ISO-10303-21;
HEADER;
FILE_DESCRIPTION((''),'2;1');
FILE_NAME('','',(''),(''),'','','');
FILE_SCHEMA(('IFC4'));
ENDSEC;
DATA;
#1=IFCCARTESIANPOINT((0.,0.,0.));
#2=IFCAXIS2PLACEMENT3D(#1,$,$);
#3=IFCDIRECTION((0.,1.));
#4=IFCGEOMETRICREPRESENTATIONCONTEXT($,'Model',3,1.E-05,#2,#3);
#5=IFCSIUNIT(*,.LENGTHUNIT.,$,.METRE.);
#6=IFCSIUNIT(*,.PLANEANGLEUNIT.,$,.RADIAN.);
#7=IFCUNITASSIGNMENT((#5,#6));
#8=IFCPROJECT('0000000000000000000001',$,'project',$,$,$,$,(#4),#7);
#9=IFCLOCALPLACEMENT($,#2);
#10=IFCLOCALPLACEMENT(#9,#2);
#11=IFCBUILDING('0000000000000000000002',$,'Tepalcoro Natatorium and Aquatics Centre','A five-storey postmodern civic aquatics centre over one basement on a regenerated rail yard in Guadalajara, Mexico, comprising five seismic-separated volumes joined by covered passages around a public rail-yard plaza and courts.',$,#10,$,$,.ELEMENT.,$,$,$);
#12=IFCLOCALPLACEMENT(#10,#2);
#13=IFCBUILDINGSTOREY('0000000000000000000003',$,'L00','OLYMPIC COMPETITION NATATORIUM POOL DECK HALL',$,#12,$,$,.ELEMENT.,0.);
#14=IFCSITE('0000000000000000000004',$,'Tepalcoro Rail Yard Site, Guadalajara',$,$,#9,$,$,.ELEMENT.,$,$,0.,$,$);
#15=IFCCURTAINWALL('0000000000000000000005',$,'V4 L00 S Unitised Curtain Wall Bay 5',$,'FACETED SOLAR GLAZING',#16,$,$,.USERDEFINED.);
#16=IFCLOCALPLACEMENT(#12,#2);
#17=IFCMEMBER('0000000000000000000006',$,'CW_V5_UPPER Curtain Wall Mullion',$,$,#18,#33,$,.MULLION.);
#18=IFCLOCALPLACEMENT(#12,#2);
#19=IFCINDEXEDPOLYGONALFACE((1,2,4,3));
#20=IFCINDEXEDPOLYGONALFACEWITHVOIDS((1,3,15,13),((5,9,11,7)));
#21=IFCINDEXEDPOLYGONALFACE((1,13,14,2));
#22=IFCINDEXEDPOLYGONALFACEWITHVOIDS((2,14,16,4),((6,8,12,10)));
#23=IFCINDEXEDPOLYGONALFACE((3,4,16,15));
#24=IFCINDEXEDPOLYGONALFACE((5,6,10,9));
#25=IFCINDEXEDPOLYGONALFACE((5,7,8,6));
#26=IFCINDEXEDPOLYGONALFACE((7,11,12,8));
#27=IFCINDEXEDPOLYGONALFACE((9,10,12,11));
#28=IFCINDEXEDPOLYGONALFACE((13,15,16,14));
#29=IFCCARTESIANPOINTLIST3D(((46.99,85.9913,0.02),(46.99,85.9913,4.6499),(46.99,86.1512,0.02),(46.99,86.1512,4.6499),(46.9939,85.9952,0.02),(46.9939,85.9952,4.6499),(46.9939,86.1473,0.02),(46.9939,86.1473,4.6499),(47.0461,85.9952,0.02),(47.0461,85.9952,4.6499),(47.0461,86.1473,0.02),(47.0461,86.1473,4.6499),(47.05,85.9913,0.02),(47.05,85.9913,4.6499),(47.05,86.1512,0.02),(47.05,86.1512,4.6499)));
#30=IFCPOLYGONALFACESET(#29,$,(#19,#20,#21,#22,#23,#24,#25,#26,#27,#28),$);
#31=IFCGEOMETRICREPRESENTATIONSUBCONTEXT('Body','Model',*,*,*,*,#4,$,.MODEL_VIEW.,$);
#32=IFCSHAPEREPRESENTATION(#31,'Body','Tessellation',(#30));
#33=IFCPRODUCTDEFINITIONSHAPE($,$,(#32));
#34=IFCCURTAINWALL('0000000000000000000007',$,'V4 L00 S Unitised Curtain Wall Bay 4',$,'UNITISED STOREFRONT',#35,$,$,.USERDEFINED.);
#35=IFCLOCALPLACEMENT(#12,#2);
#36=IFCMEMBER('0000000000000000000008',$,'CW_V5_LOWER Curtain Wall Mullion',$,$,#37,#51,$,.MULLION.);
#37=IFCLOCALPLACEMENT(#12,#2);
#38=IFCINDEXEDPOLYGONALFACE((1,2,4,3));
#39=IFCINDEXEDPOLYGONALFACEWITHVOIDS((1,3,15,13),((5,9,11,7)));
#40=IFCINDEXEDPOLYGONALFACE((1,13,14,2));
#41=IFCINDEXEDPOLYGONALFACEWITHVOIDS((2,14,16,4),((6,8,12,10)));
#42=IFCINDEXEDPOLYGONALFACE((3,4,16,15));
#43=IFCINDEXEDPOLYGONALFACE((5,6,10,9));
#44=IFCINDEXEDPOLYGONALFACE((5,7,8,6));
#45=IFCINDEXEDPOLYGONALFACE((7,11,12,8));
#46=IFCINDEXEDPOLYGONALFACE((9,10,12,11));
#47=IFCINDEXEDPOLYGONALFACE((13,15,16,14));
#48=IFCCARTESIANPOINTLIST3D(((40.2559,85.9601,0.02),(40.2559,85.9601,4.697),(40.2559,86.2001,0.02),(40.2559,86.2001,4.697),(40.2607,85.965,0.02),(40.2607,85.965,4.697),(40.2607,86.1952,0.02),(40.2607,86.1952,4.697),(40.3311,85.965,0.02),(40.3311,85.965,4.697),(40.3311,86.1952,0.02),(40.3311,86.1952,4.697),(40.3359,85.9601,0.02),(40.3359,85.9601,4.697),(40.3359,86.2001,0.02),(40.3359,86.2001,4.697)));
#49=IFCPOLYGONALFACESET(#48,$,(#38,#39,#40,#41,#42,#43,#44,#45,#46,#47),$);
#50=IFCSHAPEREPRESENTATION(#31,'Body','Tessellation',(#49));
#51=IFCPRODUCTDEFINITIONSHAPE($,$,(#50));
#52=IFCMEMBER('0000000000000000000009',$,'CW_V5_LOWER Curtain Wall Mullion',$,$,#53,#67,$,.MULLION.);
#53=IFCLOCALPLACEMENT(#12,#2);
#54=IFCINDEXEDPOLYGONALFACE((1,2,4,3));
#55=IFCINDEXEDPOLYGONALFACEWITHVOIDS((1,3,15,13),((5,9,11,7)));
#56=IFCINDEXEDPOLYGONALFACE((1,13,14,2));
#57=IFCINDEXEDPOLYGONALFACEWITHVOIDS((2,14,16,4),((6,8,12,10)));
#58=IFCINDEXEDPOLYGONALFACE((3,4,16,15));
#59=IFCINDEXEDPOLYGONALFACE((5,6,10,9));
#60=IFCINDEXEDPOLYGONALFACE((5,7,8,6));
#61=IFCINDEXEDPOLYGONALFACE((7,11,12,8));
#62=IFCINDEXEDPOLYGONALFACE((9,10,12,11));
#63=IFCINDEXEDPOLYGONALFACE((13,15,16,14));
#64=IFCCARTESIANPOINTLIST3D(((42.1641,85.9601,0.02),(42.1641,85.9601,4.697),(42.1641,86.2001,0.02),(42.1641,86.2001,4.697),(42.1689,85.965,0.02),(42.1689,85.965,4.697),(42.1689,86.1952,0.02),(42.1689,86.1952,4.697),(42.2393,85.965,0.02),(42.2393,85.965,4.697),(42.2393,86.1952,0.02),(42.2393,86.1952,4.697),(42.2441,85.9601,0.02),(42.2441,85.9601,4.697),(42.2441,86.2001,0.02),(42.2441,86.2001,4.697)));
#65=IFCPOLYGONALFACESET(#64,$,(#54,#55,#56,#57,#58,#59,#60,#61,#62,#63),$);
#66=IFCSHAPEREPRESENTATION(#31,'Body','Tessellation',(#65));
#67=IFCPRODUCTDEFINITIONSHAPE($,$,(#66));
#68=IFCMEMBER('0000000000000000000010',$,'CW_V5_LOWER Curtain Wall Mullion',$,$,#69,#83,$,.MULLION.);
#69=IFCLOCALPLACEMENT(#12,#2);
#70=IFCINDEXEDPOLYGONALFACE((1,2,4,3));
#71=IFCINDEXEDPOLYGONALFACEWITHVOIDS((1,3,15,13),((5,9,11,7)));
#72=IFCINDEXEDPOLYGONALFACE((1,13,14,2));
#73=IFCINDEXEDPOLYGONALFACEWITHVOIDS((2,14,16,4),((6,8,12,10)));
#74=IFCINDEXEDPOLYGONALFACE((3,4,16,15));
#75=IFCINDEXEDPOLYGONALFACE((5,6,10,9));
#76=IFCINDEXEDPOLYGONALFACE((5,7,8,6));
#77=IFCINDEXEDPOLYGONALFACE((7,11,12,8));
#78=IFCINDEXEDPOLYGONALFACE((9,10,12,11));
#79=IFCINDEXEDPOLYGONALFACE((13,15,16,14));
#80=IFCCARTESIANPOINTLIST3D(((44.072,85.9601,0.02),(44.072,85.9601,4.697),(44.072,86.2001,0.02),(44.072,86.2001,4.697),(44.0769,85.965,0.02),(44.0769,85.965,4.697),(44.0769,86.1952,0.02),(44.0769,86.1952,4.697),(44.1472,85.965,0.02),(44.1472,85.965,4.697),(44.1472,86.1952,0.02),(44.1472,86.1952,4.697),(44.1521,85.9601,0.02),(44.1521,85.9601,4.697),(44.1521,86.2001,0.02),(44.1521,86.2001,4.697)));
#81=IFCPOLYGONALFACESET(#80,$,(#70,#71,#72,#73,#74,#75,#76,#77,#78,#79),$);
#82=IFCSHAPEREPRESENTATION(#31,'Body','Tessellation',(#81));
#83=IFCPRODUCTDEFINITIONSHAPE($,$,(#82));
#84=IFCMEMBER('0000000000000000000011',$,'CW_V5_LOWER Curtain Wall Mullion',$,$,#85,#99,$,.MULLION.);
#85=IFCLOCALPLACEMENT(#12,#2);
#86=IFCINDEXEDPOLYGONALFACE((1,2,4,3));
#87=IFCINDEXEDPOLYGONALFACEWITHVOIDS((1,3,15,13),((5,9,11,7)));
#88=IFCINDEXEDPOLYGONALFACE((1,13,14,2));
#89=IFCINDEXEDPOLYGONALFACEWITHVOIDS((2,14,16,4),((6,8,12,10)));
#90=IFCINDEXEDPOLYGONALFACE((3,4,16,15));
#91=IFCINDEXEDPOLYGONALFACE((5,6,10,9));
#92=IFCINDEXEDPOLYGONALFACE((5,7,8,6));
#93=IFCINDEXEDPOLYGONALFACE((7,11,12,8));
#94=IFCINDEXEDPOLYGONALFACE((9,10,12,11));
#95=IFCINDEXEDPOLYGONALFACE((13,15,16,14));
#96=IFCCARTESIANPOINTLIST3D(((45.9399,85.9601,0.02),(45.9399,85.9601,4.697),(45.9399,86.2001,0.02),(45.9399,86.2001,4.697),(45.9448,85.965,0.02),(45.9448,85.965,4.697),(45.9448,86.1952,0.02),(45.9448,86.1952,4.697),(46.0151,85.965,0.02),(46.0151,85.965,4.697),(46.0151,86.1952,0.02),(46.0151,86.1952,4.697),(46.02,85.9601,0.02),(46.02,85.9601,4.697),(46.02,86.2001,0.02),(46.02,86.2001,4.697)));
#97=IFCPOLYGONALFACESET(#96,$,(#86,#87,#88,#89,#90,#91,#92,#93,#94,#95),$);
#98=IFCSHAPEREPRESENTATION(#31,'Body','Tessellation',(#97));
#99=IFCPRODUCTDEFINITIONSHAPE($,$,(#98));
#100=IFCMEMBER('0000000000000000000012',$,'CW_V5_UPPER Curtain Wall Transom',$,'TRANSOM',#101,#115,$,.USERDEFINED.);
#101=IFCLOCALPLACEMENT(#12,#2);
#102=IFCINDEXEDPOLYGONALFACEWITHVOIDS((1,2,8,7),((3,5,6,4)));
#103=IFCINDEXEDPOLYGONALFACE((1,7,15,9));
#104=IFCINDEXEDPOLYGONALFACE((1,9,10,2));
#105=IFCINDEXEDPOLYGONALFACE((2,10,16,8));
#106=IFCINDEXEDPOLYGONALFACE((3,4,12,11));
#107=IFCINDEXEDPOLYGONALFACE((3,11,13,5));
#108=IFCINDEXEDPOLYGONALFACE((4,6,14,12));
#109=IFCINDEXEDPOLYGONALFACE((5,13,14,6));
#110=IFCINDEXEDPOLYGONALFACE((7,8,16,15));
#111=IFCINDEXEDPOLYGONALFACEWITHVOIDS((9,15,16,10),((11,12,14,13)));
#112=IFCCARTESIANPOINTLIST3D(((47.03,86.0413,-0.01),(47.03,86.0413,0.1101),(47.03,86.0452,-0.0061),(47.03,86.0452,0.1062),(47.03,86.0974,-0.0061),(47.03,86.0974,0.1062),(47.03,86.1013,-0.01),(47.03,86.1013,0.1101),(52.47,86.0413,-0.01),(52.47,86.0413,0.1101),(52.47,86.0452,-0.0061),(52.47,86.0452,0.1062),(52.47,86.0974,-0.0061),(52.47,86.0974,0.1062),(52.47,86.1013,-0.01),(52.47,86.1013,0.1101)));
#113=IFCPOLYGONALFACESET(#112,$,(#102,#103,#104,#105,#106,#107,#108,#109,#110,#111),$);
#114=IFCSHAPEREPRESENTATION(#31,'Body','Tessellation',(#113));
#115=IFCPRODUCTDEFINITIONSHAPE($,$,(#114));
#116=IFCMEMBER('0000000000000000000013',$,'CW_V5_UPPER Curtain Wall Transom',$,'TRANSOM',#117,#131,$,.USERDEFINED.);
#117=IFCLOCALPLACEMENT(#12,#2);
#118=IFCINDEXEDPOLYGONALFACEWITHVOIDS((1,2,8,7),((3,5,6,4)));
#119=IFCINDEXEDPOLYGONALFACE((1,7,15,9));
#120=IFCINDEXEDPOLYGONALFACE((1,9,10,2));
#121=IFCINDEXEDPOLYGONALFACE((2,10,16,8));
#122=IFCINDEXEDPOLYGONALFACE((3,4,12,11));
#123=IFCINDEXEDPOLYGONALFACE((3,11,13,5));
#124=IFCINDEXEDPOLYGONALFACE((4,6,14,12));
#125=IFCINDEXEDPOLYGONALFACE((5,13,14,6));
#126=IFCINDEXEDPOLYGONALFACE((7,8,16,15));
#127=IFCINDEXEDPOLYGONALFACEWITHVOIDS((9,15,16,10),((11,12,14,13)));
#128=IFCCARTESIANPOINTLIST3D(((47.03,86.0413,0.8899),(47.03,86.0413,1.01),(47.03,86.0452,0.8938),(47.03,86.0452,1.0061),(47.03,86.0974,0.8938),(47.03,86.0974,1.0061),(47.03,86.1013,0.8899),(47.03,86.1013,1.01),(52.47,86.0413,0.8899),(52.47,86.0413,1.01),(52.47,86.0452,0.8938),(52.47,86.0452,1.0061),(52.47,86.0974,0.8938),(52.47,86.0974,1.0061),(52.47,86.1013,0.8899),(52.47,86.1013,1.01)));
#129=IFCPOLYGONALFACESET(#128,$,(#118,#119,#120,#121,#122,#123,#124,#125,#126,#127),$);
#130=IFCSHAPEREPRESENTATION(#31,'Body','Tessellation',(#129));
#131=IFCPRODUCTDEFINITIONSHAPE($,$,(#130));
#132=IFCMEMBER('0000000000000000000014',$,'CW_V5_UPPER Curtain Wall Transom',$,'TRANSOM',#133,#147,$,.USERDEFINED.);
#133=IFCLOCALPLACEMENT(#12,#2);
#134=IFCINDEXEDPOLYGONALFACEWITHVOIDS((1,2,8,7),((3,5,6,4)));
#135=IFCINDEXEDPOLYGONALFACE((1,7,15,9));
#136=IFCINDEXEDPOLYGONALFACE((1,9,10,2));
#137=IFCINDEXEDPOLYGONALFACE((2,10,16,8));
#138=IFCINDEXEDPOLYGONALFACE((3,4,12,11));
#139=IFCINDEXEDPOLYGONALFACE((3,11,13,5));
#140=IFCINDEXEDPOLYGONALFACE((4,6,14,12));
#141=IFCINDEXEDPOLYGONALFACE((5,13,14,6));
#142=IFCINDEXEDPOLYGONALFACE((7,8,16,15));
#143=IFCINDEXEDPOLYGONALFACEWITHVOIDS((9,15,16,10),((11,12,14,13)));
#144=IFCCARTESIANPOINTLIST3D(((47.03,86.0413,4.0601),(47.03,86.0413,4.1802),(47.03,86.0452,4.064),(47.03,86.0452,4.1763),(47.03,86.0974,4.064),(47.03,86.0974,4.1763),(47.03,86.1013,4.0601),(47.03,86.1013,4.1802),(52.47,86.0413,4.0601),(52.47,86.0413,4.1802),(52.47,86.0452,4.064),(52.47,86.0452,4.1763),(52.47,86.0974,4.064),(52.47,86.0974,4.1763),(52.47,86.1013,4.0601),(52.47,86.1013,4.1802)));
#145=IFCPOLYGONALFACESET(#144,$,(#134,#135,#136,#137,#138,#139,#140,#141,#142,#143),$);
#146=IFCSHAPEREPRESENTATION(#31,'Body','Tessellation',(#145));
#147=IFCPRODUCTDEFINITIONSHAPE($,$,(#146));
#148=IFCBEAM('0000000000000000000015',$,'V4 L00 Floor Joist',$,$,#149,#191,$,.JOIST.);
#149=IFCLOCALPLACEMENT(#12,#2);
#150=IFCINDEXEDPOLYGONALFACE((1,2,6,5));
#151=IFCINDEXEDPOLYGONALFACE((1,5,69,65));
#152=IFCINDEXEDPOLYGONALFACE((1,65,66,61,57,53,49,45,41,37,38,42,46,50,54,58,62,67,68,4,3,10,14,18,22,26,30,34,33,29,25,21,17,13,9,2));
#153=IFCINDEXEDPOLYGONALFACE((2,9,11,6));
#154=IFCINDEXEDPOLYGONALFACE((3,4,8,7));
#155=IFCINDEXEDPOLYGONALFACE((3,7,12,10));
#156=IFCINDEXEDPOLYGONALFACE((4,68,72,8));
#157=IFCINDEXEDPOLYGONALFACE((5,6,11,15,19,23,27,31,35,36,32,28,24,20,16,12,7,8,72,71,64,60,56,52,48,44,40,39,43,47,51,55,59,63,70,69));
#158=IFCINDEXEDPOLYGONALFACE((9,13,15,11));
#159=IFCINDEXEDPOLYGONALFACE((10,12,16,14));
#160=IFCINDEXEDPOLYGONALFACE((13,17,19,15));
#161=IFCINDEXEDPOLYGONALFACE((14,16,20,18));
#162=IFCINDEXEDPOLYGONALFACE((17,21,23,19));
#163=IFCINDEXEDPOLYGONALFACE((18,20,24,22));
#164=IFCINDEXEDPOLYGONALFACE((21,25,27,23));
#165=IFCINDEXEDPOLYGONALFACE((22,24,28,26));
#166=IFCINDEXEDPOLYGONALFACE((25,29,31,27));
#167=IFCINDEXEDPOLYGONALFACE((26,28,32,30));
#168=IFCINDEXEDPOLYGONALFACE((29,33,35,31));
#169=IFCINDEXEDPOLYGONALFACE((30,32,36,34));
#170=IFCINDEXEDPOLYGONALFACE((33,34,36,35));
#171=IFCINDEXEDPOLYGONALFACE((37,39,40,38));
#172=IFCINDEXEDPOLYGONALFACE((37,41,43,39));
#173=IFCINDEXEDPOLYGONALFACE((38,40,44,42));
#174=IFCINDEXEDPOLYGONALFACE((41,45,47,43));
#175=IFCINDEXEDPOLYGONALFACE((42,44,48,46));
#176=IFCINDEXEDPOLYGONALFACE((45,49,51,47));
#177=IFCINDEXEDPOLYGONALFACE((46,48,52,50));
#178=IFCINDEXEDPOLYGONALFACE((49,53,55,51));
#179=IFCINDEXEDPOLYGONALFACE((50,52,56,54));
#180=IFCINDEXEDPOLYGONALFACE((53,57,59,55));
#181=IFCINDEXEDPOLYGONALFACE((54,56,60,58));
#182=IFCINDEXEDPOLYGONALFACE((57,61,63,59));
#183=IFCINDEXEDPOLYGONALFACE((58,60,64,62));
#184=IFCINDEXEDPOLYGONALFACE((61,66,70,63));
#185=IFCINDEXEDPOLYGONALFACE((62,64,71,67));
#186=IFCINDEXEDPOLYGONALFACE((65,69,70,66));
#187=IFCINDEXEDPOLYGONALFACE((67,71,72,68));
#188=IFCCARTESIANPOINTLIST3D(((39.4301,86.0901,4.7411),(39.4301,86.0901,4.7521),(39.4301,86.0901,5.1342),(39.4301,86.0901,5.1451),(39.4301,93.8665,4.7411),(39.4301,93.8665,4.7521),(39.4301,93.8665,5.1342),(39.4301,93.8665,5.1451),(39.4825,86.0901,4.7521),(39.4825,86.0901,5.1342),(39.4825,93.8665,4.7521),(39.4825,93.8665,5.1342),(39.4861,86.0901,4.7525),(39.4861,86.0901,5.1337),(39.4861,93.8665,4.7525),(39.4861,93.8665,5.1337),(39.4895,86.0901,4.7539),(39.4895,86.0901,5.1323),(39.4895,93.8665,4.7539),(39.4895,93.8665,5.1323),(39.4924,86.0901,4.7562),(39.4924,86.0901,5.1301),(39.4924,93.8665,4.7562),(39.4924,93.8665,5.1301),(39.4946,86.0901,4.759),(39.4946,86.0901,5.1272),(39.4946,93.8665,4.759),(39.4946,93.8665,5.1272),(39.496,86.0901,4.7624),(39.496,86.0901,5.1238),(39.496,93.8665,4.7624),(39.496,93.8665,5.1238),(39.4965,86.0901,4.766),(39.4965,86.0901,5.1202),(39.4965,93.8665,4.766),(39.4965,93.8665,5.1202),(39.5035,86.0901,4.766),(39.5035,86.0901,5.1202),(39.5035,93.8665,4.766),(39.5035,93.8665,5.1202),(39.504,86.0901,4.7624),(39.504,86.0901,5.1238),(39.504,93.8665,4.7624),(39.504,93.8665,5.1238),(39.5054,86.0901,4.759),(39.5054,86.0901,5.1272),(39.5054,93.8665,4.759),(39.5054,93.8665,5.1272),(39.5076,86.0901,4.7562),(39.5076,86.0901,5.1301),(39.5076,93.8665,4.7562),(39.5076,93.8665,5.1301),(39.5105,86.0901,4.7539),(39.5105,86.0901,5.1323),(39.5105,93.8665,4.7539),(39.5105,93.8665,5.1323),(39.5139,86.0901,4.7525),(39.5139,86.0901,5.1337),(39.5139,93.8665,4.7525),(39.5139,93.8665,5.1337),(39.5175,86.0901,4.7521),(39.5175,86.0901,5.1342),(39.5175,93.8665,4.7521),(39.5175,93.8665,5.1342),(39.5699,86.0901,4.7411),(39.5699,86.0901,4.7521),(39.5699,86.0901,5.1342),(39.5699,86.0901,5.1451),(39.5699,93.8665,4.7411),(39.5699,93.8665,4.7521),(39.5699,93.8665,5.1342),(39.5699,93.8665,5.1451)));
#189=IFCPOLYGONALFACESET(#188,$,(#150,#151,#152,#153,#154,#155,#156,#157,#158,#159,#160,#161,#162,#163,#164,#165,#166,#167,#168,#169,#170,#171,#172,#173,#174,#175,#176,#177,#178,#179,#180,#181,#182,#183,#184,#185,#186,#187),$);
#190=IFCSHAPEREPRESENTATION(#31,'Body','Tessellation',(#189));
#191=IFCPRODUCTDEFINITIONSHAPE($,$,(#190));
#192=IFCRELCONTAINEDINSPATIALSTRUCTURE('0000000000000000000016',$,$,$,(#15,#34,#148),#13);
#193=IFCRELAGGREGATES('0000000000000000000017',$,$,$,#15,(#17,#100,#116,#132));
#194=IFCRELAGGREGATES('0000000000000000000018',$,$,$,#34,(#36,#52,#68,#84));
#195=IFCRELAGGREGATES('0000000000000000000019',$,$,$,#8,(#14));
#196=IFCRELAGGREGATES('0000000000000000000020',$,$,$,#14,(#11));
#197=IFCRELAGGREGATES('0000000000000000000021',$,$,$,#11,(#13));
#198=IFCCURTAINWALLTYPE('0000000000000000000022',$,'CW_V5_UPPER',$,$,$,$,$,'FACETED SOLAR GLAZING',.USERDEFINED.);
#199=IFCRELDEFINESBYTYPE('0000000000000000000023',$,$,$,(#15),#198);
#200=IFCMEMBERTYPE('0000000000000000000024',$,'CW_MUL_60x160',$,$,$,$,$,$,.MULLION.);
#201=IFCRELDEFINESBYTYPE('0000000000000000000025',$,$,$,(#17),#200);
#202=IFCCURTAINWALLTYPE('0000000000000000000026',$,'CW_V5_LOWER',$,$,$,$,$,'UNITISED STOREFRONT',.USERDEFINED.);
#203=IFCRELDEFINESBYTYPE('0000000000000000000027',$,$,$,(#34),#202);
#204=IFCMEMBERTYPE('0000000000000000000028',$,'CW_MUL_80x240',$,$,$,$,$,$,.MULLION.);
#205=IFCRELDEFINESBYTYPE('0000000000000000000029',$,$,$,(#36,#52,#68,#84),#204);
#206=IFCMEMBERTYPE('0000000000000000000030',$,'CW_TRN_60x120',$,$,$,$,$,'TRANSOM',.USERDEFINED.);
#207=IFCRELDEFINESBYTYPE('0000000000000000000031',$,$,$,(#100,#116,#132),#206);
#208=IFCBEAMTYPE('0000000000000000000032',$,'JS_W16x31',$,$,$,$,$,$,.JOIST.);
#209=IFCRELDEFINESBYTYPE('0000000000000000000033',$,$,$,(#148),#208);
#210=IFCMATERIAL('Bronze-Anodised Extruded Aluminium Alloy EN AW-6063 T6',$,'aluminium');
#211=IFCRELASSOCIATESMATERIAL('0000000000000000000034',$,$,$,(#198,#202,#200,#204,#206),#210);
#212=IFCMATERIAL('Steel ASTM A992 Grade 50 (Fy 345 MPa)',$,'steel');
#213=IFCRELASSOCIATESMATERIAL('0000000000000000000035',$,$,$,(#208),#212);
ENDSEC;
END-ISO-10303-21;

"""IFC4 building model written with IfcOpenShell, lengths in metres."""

from ifc_helpers import new_model, si_unit, direction, frame, origin, origin_2d, place, context, subcontext, project, spatial, hollow_rectangle, i_section, extrude, material, material_profile, profile_set, type_object, element, aggregate, save


model = new_model("IFC4")

# Units and contexts
model_context = context("Model", 3, precision=1e-05, world=origin(), true_north=direction((0.0, 1.0)))
body_context = subcontext(model_context, "Body", "Model", "MODEL_VIEW")
ifc_project = project(units=[si_unit("LENGTHUNIT", "METRE"), si_unit("PLANEANGLEUNIT", "RADIAN")], contexts=[model_context])

# Site, building, storey
site_placement = place(None, origin())
site = spatial("IfcSite", under=ifc_project, at=site_placement, Name="Tepalcoro Rail Yard Site, Guadalajara", CompositionType="ELEMENT", RefElevation=0.0)
building_placement = place(site_placement, origin())
building = spatial("IfcBuilding", under=site, at=building_placement, Name="Tepalcoro Natatorium and Aquatics Centre", Description="A five-storey postmodern civic aquatics centre over one basement on a regenerated rail yard in Guadalajara, Mexico, comprising five seismic-separated volumes joined by covered passages around a public rail-yard plaza and courts.", CompositionType="ELEMENT")
storey_placement = place(building_placement, origin())
storey = spatial("IfcBuildingStorey", under=building, at=storey_placement, Name="L00", Description="OLYMPIC COMPETITION NATATORIUM POOL DECK HALL", CompositionType="ELEMENT", Elevation=0.0)

# Shared definitions
ifc_material_1 = material(Name="Steel ASTM A992 Grade 50 (Fy 345 MPa)", Category="steel")

# Curtain wall, member
ifc_material_2 = material(Name="Bronze-Anodised Extruded Aluminium Alloy EN AW-6063 T6", Category="aluminium")
curtain_wall_type_1 = type_object("IfcCurtainWallType", Name="CW_V5_UPPER", ElementType="FACETED SOLAR GLAZING", PredefinedType="USERDEFINED", material=ifc_material_2)
curtain_wall_1_placement = place(storey_placement, origin())
curtain_wall_1 = element("IfcCurtainWall", 1, at=curtain_wall_1_placement, inside=storey, type_object=curtain_wall_type_1, Name="V4 L00 S Unitised Curtain Wall Bay 5", ObjectType="FACETED SOLAR GLAZING", PredefinedType="USERDEFINED")
ifc_material_profile_1 = material_profile(ifc_material_2, hollow_rectangle(XDim=0.0601, YDim=0.1599, WallThickness=0.0039, at=origin_2d()), Name="AL60X160X4")
ifc_profile_set_1 = profile_set([ifc_material_profile_1], Name="Bronze-Anodised Extruded Aluminium Alloy EN AW-6063 T6")
member_type_1 = type_object("IfcMemberType", Name="CW_MUL_60x160", PredefinedType="MULLION", material=ifc_profile_set_1)
member_1_placement = place(storey_placement, frame((47.02, 86.0713, 0.02), z_axis=(0.0, 0.0, 1.0), x_axis=(1.0, 0.0, 0.0)))
member_1 = element("IfcMember", 2, at=member_1_placement, type_object=member_type_1, Name="CW_V5_UPPER Curtain Wall Mullion", PredefinedType="MULLION", context=body_context, shape_type="SweptSolid", body=[
    extrude(hollow_rectangle(XDim=0.0601, YDim=0.1599, WallThickness=0.0039, at=origin_2d()), origin(), (0.0, 0.0, 1.0), 4.6299),
])

# Curtain wall, members
curtain_wall_type_2 = type_object("IfcCurtainWallType", Name="CW_V5_LOWER", ElementType="UNITISED STOREFRONT", PredefinedType="USERDEFINED", material=ifc_material_2)
curtain_wall_2_placement = place(storey_placement, origin())
curtain_wall_2 = element("IfcCurtainWall", 3, at=curtain_wall_2_placement, inside=storey, type_object=curtain_wall_type_2, Name="V4 L00 S Unitised Curtain Wall Bay 4", ObjectType="UNITISED STOREFRONT", PredefinedType="USERDEFINED")
ifc_material_profile_2 = material_profile(ifc_material_2, hollow_rectangle(XDim=0.0801, YDim=0.24, WallThickness=0.0049, at=origin_2d()), Name="AL80X240X5")
ifc_profile_set_2 = profile_set([ifc_material_profile_2], Name="Bronze-Anodised Extruded Aluminium Alloy EN AW-6063 T6")
member_type_2 = type_object("IfcMemberType", Name="CW_MUL_80x240", PredefinedType="MULLION", material=ifc_profile_set_2)
member_2_placement = place(storey_placement, frame((40.2959, 86.0801, 0.02), z_axis=(0.0, 0.0, 1.0), x_axis=(1.0, 0.0, 0.0)))
member_2 = element("IfcMember", 4, at=member_2_placement, type_object=member_type_2, Name="CW_V5_LOWER Curtain Wall Mullion", PredefinedType="MULLION", context=body_context, shape_type="SweptSolid", body=[
    extrude(hollow_rectangle(XDim=0.0801, YDim=0.24, WallThickness=0.0049, at=origin_2d()), origin(), (0.0, 0.0, 1.0), 4.677),
])
member_3_placement = place(storey_placement, frame((42.2041, 86.0801, 0.02), z_axis=(0.0, 0.0, 1.0), x_axis=(1.0, 0.0, 0.0)))
member_3 = element("IfcMember", 5, at=member_3_placement, type_object=member_type_2, Name="CW_V5_LOWER Curtain Wall Mullion", PredefinedType="MULLION", context=body_context, shape_type="SweptSolid", body=[
    extrude(hollow_rectangle(XDim=0.0801, YDim=0.24, WallThickness=0.0049, at=origin_2d()), origin(), (0.0, 0.0, 1.0), 4.677),
])
member_4_placement = place(storey_placement, frame((44.1121, 86.0801, 0.02), z_axis=(0.0, 0.0, 1.0), x_axis=(1.0, 0.0, 0.0)))
member_4 = element("IfcMember", 6, at=member_4_placement, type_object=member_type_2, Name="CW_V5_LOWER Curtain Wall Mullion", PredefinedType="MULLION", context=body_context, shape_type="SweptSolid", body=[
    extrude(hollow_rectangle(XDim=0.0801, YDim=0.24, WallThickness=0.0049, at=origin_2d()), origin(), (0.0, 0.0, 1.0), 4.677),
])
member_5_placement = place(storey_placement, frame((45.98, 86.0801, 0.02), z_axis=(0.0, 0.0, 1.0), x_axis=(1.0, 0.0, 0.0)))
member_5 = element("IfcMember", 7, at=member_5_placement, type_object=member_type_2, Name="CW_V5_LOWER Curtain Wall Mullion", PredefinedType="MULLION", context=body_context, shape_type="SweptSolid", body=[
    extrude(hollow_rectangle(XDim=0.0801, YDim=0.24, WallThickness=0.0049, at=origin_2d()), origin(), (0.0, 0.0, 1.0), 4.677),
])

# Members
ifc_material_profile_3 = material_profile(ifc_material_2, hollow_rectangle(XDim=0.0601, YDim=0.1201, WallThickness=0.0039, at=origin_2d()), Name="AL60X120X4")
ifc_profile_set_3 = profile_set([ifc_material_profile_3], Name="Bronze-Anodised Extruded Aluminium Alloy EN AW-6063 T6")
member_type_3 = type_object("IfcMemberType", Name="CW_TRN_60x120", ElementType="TRANSOM", PredefinedType="USERDEFINED", material=ifc_profile_set_3)
member_6_placement = place(storey_placement, frame((47.03, 86.0713, 0.05), z_axis=(1.0, 0.0, 0.0), x_axis=(0.0, 1.0, 0.0)))
member_6 = element("IfcMember", 8, at=member_6_placement, type_object=member_type_3, Name="CW_V5_UPPER Curtain Wall Transom", ObjectType="TRANSOM", PredefinedType="USERDEFINED", context=body_context, shape_type="SweptSolid", body=[
    extrude(hollow_rectangle(XDim=0.0601, YDim=0.1201, WallThickness=0.0039, at=origin_2d()), origin(), (0.0, 0.0, 1.0), 5.4399),
])
member_7_placement = place(storey_placement, frame((47.03, 86.0713, 0.95), z_axis=(1.0, 0.0, 0.0), x_axis=(0.0, 1.0, 0.0)))
member_7 = element("IfcMember", 9, at=member_7_placement, type_object=member_type_3, Name="CW_V5_UPPER Curtain Wall Transom", ObjectType="TRANSOM", PredefinedType="USERDEFINED", context=body_context, shape_type="SweptSolid", body=[
    extrude(hollow_rectangle(XDim=0.0601, YDim=0.1201, WallThickness=0.0039, at=origin_2d()), origin(), (0.0, 0.0, 1.0), 5.4399),
])
member_8_placement = place(storey_placement, frame((47.03, 86.0713, 4.1201), z_axis=(1.0, 0.0, 0.0), x_axis=(0.0, 1.0, 0.0)))
member_8 = element("IfcMember", 10, at=member_8_placement, type_object=member_type_3, Name="CW_V5_UPPER Curtain Wall Transom", ObjectType="TRANSOM", PredefinedType="USERDEFINED", context=body_context, shape_type="SweptSolid", body=[
    extrude(hollow_rectangle(XDim=0.0601, YDim=0.1201, WallThickness=0.0039, at=origin_2d()), origin(), (0.0, 0.0, 1.0), 5.4399),
])
aggregate(curtain_wall_1, [member_1, member_6, member_7, member_8])

# Beam
ifc_material_profile_4 = material_profile(ifc_material_1, i_section(OverallWidth=0.1399, OverallDepth=0.4041, WebThickness=0.0071, FlangeThickness=0.011, FilletRadius=0.0139, at=origin_2d()), Name="W16X31")
ifc_profile_set_4 = profile_set([ifc_material_profile_4], Name="Steel ASTM A992 Grade 50 (Fy 345 MPa)")
beam_type_1 = type_object("IfcBeamType", Name="JS_W16x31", PredefinedType="JOIST", material=ifc_profile_set_4)
beam_1_placement = place(storey_placement, frame((39.5, 86.0901, 4.9431), z_axis=(0.0, 1.0, 0.0), x_axis=(-1.0, 0.0, 0.0)))
element("IfcBeam", 11, at=beam_1_placement, inside=storey, type_object=beam_type_1, Name="V4 L00 Floor Joist", PredefinedType="JOIST", context=body_context, shape_type="SweptSolid", body=[
    extrude(i_section(OverallWidth=0.1399, OverallDepth=0.4041, WebThickness=0.0071, FlangeThickness=0.011, FilletRadius=0.0139, at=origin_2d()), origin(), (0.0, 0.0, 1.0), 7.7764),
])

aggregate(curtain_wall_2, [member_2, member_3, member_4, member_5])

save(model, "model.ifc")
